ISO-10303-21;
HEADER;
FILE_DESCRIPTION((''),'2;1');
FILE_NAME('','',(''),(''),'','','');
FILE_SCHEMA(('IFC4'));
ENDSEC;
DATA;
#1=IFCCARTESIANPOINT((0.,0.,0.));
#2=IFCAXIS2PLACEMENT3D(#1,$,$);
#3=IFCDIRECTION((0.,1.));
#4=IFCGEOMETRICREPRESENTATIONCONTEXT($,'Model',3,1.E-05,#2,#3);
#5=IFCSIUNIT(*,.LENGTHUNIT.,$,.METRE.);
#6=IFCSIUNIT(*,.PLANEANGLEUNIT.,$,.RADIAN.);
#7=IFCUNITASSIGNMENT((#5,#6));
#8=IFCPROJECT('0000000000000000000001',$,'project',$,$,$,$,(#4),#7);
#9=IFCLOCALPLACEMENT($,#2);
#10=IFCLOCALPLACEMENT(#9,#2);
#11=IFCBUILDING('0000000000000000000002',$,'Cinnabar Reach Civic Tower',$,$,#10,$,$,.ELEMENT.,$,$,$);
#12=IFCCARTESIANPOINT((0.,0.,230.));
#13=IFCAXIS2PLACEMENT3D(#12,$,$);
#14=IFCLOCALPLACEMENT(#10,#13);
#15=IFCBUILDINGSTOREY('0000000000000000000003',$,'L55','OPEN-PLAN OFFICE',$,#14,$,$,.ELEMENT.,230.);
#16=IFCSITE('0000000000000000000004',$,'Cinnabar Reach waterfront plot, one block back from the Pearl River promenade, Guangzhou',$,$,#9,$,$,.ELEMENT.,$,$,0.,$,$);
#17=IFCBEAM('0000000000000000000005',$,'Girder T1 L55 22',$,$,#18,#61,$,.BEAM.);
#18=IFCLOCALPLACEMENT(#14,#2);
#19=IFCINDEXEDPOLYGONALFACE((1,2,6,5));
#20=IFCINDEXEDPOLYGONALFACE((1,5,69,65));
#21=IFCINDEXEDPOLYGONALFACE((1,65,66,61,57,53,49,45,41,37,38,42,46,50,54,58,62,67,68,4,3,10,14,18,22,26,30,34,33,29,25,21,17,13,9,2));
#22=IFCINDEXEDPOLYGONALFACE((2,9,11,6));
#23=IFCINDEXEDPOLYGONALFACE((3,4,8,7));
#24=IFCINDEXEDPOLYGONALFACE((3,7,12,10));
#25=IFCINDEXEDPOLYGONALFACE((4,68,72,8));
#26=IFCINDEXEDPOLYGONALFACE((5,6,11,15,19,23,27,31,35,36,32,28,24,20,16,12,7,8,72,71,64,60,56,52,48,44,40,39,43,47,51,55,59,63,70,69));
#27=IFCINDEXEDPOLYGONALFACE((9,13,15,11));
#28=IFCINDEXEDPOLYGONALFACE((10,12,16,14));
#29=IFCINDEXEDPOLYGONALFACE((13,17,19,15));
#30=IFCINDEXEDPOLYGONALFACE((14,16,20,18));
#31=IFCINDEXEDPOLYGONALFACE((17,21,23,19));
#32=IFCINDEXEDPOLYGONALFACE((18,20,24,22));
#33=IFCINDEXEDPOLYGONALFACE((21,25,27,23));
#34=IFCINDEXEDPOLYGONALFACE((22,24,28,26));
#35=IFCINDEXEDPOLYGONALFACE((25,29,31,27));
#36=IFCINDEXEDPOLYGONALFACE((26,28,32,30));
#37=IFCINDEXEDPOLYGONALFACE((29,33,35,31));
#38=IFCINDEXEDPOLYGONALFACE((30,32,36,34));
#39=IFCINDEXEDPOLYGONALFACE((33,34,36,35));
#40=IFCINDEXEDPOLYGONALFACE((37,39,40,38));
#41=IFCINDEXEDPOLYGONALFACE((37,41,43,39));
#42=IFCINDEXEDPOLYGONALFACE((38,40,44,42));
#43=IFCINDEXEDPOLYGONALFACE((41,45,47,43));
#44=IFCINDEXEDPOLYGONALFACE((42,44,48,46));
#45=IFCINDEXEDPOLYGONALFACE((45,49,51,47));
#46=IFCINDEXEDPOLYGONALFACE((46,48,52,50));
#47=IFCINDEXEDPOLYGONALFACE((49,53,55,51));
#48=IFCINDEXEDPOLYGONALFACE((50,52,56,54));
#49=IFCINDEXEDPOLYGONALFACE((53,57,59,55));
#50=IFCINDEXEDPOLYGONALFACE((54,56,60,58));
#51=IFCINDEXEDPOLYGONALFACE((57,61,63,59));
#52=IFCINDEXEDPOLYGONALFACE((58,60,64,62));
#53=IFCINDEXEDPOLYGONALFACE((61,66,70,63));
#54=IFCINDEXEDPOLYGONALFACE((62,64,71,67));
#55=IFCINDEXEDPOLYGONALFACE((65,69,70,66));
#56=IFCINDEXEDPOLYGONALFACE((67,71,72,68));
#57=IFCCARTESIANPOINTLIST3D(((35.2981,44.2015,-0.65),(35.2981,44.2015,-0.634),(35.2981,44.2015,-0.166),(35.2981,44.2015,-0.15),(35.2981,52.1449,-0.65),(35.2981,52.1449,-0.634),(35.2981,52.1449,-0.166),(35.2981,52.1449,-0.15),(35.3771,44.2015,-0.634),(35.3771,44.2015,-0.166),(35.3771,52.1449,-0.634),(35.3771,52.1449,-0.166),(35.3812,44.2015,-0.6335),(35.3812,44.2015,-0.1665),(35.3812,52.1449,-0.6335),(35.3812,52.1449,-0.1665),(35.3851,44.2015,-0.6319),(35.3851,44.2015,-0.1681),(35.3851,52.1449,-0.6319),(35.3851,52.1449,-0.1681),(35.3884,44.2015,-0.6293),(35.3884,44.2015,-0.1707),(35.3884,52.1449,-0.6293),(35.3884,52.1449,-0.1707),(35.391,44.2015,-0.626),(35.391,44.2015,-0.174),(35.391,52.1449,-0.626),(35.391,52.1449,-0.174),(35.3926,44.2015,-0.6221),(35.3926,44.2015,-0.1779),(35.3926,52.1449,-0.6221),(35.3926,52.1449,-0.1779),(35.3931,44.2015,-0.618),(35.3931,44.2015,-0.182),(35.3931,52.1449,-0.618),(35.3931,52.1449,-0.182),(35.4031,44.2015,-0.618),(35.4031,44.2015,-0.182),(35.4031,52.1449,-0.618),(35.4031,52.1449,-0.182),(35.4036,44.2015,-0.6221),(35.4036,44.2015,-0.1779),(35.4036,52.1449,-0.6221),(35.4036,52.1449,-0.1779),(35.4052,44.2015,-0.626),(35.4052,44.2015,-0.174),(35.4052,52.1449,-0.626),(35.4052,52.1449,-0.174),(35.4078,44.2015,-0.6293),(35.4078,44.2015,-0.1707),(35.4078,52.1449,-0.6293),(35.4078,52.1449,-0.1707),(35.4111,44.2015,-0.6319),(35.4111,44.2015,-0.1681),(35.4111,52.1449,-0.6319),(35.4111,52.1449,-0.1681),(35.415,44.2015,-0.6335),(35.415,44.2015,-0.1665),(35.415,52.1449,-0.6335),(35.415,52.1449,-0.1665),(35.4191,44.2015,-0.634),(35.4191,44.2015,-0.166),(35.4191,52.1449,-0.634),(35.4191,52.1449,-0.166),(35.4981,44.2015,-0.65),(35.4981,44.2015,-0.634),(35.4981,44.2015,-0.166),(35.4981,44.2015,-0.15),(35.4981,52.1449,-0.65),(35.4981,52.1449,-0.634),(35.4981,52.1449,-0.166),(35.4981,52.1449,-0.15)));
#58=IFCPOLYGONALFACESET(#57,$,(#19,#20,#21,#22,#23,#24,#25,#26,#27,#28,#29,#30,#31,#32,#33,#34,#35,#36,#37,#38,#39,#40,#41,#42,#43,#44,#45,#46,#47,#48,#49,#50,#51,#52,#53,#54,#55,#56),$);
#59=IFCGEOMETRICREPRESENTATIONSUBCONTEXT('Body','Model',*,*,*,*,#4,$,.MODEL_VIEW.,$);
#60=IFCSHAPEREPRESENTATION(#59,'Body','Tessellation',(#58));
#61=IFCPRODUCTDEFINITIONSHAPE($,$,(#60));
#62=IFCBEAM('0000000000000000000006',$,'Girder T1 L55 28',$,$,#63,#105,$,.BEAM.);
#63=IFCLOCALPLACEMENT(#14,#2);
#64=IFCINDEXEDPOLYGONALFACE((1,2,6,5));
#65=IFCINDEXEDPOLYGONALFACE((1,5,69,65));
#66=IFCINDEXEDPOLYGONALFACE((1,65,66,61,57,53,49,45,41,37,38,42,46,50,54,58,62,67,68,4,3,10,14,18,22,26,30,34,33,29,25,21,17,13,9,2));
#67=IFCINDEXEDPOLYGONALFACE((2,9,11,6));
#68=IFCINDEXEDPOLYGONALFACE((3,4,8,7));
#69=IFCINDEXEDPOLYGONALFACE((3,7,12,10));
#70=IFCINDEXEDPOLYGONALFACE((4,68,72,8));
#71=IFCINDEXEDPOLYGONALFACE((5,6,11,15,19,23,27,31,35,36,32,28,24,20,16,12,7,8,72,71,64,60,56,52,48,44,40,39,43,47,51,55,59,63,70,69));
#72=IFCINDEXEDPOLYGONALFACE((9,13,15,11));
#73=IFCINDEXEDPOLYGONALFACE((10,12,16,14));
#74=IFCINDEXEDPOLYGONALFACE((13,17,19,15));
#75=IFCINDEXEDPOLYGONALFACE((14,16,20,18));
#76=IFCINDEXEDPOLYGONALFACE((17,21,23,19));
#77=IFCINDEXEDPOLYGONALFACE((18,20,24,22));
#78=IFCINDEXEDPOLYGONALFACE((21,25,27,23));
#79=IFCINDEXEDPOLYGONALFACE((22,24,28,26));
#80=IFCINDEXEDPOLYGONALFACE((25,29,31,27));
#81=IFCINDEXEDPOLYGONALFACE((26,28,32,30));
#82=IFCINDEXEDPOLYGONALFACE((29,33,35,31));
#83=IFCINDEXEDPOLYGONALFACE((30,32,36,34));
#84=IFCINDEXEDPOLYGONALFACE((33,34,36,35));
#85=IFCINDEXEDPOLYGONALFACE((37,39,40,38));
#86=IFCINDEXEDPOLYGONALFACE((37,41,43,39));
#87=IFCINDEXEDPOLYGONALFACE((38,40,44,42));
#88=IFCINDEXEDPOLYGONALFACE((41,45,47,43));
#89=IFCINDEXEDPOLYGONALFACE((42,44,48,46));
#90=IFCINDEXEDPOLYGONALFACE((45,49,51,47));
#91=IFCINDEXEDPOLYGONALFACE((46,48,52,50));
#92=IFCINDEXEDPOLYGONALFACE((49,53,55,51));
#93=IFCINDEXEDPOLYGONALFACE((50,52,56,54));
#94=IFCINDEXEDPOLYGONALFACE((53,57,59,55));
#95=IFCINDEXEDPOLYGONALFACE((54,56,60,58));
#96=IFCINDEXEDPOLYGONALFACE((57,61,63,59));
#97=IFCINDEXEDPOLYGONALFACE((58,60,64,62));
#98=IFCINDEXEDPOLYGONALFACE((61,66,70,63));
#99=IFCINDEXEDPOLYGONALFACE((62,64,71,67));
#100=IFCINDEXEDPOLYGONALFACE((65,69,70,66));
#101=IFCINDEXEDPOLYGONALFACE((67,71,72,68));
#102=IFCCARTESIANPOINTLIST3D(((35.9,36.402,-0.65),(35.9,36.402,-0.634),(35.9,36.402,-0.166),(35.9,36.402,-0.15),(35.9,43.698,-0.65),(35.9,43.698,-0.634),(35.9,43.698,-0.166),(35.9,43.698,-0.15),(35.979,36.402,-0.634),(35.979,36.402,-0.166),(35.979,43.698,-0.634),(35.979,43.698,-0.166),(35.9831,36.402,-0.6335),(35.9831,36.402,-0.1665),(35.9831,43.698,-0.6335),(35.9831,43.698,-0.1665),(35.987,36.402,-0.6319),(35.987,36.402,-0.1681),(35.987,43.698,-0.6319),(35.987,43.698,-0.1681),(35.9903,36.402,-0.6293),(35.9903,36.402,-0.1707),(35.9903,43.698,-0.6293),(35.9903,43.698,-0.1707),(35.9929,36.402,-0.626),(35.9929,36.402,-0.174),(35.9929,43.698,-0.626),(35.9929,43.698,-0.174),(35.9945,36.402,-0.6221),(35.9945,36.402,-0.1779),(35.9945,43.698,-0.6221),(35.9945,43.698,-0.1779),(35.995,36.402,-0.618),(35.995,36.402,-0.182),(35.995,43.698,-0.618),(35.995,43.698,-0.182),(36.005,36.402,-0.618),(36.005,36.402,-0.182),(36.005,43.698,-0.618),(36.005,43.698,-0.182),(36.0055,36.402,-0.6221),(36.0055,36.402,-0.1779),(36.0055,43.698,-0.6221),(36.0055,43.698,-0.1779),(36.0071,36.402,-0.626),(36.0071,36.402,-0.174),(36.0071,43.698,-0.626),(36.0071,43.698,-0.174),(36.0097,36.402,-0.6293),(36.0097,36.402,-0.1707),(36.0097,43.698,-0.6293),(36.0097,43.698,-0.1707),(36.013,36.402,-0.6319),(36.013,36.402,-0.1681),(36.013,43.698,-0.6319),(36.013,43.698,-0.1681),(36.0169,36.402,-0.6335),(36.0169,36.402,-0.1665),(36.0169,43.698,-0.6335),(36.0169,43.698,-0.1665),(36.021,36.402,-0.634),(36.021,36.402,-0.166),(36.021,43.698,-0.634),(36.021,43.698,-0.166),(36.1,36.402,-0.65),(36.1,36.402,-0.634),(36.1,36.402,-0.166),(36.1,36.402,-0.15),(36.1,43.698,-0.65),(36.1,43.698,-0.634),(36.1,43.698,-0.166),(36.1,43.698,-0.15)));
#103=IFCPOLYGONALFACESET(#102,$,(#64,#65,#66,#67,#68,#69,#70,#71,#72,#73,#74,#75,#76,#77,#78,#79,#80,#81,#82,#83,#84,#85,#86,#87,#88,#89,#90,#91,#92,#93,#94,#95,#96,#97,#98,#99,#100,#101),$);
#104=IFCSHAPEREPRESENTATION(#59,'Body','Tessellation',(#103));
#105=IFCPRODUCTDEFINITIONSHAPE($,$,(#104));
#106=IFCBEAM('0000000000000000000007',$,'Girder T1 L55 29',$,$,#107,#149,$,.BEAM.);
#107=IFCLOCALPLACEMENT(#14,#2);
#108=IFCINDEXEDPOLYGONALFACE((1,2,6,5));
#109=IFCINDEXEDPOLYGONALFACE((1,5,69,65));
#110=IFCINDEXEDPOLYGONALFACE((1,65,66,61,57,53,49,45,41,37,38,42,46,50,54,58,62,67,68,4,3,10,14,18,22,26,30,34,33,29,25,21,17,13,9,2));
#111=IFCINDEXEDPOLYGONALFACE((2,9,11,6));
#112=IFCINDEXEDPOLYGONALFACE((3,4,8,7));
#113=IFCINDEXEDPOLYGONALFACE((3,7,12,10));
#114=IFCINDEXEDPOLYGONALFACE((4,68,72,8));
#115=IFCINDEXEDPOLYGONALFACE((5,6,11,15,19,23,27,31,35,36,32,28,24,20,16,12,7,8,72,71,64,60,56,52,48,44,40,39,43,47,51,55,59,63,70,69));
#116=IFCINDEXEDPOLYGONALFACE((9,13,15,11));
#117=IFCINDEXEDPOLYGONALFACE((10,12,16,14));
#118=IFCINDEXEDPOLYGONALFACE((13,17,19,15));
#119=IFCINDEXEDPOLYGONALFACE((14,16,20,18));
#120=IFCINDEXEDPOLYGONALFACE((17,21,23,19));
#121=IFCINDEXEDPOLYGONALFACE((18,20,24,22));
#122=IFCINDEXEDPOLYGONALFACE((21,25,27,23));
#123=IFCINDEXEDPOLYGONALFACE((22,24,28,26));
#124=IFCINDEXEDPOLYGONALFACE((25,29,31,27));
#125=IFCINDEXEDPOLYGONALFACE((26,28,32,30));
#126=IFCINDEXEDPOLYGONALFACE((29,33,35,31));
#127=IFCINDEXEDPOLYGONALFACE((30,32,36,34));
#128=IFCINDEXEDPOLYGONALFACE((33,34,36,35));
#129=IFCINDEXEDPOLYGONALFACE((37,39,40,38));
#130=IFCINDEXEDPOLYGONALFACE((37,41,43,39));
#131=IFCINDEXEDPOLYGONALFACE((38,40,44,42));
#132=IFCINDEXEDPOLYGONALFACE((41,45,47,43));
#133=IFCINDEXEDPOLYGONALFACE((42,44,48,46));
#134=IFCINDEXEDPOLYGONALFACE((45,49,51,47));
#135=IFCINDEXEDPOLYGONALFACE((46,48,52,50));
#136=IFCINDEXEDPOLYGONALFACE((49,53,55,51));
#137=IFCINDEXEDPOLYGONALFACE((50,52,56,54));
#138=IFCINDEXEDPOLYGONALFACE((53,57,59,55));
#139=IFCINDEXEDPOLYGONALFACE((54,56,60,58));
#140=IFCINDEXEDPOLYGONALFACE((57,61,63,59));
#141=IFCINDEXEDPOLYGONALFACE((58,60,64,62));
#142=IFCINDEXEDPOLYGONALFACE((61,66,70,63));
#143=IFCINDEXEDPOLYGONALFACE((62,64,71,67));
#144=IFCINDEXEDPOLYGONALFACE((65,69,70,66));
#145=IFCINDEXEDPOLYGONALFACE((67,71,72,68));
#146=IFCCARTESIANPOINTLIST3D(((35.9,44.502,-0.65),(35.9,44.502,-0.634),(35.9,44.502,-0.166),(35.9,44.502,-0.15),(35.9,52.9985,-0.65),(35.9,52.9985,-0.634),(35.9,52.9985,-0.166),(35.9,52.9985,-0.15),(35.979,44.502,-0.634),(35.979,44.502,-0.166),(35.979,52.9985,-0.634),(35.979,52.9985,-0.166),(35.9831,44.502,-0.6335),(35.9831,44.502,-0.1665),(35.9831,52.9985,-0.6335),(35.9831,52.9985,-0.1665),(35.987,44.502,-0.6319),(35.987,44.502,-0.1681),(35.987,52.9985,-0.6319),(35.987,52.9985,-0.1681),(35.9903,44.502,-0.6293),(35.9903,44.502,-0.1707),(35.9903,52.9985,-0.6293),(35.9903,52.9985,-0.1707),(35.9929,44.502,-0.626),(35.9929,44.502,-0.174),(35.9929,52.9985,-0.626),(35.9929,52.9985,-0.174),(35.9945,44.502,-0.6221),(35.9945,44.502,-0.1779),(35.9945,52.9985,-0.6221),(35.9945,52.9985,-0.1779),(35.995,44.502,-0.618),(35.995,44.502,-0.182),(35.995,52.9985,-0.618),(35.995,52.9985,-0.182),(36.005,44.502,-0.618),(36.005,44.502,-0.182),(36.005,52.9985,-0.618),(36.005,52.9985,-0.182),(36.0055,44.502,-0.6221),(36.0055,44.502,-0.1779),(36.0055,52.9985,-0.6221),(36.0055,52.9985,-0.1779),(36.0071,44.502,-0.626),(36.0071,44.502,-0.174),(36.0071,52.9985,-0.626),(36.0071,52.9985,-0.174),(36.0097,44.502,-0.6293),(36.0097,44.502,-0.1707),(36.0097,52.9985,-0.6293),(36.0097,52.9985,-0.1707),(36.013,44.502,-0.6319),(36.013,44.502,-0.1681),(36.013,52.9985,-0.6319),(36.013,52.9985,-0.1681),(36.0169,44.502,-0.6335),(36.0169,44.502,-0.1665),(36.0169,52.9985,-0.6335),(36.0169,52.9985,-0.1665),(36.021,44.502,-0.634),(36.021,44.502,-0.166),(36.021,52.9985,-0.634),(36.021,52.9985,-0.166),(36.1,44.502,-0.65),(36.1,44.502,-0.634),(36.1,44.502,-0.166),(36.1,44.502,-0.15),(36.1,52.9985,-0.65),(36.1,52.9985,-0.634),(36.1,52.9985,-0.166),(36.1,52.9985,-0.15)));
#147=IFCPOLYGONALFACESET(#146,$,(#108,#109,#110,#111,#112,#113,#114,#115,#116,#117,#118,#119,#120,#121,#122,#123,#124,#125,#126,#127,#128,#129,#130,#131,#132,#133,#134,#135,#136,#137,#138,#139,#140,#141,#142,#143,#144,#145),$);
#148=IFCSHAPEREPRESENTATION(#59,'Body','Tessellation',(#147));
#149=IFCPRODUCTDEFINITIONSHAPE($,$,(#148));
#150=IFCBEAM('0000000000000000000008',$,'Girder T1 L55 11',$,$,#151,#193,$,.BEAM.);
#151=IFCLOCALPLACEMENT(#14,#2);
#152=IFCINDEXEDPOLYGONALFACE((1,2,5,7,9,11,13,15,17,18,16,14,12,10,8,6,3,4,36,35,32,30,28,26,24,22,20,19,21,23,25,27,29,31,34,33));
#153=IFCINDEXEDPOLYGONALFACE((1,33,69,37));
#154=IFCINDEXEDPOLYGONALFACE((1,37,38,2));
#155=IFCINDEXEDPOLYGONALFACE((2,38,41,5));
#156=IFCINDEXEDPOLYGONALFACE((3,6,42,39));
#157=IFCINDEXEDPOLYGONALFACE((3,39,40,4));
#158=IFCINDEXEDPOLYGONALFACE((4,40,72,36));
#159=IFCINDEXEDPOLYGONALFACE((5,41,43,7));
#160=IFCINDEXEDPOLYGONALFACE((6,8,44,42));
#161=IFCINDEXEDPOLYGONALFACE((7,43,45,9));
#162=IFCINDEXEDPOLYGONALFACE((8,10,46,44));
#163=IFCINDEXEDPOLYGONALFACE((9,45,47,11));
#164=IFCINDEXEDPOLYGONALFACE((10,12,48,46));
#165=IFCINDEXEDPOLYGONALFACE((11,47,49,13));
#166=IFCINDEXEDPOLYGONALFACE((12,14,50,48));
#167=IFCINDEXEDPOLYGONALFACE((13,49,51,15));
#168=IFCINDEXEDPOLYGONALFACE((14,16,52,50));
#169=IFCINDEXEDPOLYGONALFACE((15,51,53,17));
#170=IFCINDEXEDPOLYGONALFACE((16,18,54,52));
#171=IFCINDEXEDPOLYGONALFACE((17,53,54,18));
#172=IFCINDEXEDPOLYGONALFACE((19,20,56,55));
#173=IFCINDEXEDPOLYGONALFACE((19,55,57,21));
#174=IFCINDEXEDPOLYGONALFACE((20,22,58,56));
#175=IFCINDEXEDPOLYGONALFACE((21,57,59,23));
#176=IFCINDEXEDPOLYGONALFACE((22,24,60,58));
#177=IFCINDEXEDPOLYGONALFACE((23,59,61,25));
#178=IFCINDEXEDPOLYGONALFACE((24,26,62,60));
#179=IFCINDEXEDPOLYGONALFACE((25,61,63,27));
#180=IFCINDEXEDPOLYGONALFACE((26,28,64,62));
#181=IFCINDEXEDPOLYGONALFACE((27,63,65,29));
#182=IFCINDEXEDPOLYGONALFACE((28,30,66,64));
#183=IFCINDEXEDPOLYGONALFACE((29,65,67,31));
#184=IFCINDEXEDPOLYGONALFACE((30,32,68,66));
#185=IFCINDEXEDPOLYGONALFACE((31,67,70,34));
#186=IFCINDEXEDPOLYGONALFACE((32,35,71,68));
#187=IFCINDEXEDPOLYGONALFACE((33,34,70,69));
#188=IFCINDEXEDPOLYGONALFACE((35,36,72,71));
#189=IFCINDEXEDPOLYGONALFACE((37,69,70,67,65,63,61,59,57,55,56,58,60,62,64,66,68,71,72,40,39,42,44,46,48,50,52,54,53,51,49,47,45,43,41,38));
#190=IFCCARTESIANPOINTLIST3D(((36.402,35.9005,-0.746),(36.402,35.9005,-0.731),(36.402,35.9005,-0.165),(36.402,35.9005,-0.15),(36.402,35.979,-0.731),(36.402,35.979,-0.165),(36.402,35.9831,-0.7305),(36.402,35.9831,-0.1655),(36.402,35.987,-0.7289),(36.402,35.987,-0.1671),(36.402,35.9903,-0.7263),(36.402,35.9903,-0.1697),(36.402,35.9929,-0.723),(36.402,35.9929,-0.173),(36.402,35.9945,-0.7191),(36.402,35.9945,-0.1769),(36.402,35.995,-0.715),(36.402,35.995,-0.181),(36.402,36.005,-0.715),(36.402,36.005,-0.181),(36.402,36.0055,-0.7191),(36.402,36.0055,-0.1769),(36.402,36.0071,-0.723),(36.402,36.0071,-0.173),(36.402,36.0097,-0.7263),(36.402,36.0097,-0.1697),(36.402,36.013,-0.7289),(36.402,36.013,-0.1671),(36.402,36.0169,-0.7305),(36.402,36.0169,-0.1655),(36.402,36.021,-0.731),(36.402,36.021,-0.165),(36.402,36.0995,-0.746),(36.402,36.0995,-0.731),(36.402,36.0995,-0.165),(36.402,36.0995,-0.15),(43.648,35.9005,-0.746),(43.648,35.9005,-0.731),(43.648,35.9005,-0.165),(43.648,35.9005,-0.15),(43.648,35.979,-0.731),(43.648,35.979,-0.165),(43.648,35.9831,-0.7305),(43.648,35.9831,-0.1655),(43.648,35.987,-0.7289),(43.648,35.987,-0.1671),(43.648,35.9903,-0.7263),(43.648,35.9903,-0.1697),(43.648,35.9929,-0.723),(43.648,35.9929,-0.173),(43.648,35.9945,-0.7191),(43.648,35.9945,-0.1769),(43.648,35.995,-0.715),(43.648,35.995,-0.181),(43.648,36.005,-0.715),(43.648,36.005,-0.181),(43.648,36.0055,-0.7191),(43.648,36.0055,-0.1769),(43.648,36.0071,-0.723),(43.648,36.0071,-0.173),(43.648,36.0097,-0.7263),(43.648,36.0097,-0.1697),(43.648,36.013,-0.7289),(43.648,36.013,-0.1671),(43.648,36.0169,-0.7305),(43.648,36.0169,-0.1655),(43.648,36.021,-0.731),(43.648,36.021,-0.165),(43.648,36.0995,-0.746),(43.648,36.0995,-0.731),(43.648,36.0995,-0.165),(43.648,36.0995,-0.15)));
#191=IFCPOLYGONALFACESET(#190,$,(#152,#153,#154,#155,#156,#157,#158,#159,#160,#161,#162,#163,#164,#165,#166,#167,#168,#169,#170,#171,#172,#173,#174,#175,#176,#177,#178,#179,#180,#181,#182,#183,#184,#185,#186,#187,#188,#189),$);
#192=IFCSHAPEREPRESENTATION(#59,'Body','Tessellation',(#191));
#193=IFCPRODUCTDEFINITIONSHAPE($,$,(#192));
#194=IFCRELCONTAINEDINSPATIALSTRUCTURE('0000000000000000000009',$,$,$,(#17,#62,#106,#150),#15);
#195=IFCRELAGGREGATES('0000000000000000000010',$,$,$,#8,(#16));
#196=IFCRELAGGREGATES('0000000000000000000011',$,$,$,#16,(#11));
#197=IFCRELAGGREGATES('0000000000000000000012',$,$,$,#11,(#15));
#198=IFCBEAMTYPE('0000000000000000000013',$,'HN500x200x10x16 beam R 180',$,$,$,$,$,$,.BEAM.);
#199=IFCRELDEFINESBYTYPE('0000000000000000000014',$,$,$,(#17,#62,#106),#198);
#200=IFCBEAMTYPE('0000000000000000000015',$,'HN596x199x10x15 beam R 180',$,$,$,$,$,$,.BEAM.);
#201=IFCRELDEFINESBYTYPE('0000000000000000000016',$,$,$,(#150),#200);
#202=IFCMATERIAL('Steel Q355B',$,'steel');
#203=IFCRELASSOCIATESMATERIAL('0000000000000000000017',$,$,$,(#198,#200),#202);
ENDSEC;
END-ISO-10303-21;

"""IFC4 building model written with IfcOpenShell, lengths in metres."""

from ifc_helpers import new_model, si_unit, direction, frame, origin, origin_2d, place, context, subcontext, project, spatial, i_section, extrude, material, material_profile, profile_set, type_object, element, save


model = new_model("IFC4")

# Units and contexts
model_context = context("Model", 3, precision=1e-05, world=origin(), true_north=direction((0.0, 1.0)))
body_context = subcontext(model_context, "Body", "Model", "MODEL_VIEW")
ifc_project = project(units=[si_unit("LENGTHUNIT", "METRE"), si_unit("PLANEANGLEUNIT", "RADIAN")], contexts=[model_context])

# Site, building, storey
site_placement = place(None, origin())
site = spatial("IfcSite", under=ifc_project, at=site_placement, Name="Cinnabar Reach waterfront plot, one block back from the Pearl River promenade, Guangzhou", CompositionType="ELEMENT", RefElevation=0.0)
building_placement = place(site_placement, origin())
building = spatial("IfcBuilding", under=site, at=building_placement, Name="Cinnabar Reach Civic Tower", CompositionType="ELEMENT")
storey_placement = place(building_placement, frame((0.0, 0.0, 230.0)))
storey = spatial("IfcBuildingStorey", under=building, at=storey_placement, Name="L55", Description="OPEN-PLAN OFFICE", CompositionType="ELEMENT", Elevation=230.0)

# Beams
ifc_material_1 = material(Name="Steel Q355B", Category="steel")
ifc_material_profile_1 = material_profile(ifc_material_1, i_section(OverallWidth=0.2, OverallDepth=0.5, WebThickness=0.01, FlangeThickness=0.016, FilletRadius=0.016, at=origin_2d()), Name="HN500x200x10x16")
ifc_profile_set_1 = profile_set([ifc_material_profile_1], Name="Steel Q355B")
beam_type_1 = type_object("IfcBeamType", Name="HN500x200x10x16 beam R 180", PredefinedType="BEAM", material=ifc_profile_set_1)
beam_1_placement = place(storey_placement, frame((35.3981, 44.2015, -0.4), z_axis=(0.0, 1.0, 0.0), x_axis=(-1.0, 0.0, 0.0)))
element("IfcBeam", 1, at=beam_1_placement, inside=storey, type_object=beam_type_1, Name="Girder T1 L55 22", PredefinedType="BEAM", context=body_context, shape_type="SweptSolid", body=[
    extrude(i_section(OverallWidth=0.2, OverallDepth=0.5, WebThickness=0.01, FlangeThickness=0.016, FilletRadius=0.016, at=origin_2d()), origin(), (0.0, 0.0, 1.0), 7.9434),
])
beam_2_placement = place(storey_placement, frame((36.0, 36.402, -0.4), z_axis=(0.0, 1.0, 0.0), x_axis=(-1.0, 0.0, 0.0)))
element("IfcBeam", 2, at=beam_2_placement, inside=storey, type_object=beam_type_1, Name="Girder T1 L55 28", PredefinedType="BEAM", context=body_context, shape_type="SweptSolid", body=[
    extrude(i_section(OverallWidth=0.2, OverallDepth=0.5, WebThickness=0.01, FlangeThickness=0.016, FilletRadius=0.016, at=origin_2d()), origin(), (0.0, 0.0, 1.0), 7.296),
])
beam_3_placement = place(storey_placement, frame((36.0, 44.502, -0.4), z_axis=(0.0, 1.0, 0.0), x_axis=(-1.0, 0.0, 0.0)))
element("IfcBeam", 3, at=beam_3_placement, inside=storey, type_object=beam_type_1, Name="Girder T1 L55 29", PredefinedType="BEAM", context=body_context, shape_type="SweptSolid", body=[
    extrude(i_section(OverallWidth=0.2, OverallDepth=0.5, WebThickness=0.01, FlangeThickness=0.016, FilletRadius=0.016, at=origin_2d()), origin(), (0.0, 0.0, 1.0), 8.4965),
])
ifc_material_profile_2 = material_profile(ifc_material_1, i_section(OverallWidth=0.199, OverallDepth=0.596, WebThickness=0.01, FlangeThickness=0.015, FilletRadius=0.016, at=origin_2d()), Name="HN596x199x10x15")
ifc_profile_set_2 = profile_set([ifc_material_profile_2], Name="Steel Q355B")
beam_type_2 = type_object("IfcBeamType", Name="HN596x199x10x15 beam R 180", PredefinedType="BEAM", material=ifc_profile_set_2)
beam_4_placement = place(storey_placement, frame((36.402, 36.0, -0.448), z_axis=(1.0, 0.0, 0.0), x_axis=(0.0, 1.0, 0.0)))
element("IfcBeam", 4, at=beam_4_placement, inside=storey, type_object=beam_type_2, Name="Girder T1 L55 11", PredefinedType="BEAM", context=body_context, shape_type="SweptSolid", body=[
    extrude(i_section(OverallWidth=0.199, OverallDepth=0.596, WebThickness=0.01, FlangeThickness=0.015, FilletRadius=0.016, at=origin_2d()), origin(), (0.0, 0.0, 1.0), 7.246),
])

save(model, "model.ifc")
